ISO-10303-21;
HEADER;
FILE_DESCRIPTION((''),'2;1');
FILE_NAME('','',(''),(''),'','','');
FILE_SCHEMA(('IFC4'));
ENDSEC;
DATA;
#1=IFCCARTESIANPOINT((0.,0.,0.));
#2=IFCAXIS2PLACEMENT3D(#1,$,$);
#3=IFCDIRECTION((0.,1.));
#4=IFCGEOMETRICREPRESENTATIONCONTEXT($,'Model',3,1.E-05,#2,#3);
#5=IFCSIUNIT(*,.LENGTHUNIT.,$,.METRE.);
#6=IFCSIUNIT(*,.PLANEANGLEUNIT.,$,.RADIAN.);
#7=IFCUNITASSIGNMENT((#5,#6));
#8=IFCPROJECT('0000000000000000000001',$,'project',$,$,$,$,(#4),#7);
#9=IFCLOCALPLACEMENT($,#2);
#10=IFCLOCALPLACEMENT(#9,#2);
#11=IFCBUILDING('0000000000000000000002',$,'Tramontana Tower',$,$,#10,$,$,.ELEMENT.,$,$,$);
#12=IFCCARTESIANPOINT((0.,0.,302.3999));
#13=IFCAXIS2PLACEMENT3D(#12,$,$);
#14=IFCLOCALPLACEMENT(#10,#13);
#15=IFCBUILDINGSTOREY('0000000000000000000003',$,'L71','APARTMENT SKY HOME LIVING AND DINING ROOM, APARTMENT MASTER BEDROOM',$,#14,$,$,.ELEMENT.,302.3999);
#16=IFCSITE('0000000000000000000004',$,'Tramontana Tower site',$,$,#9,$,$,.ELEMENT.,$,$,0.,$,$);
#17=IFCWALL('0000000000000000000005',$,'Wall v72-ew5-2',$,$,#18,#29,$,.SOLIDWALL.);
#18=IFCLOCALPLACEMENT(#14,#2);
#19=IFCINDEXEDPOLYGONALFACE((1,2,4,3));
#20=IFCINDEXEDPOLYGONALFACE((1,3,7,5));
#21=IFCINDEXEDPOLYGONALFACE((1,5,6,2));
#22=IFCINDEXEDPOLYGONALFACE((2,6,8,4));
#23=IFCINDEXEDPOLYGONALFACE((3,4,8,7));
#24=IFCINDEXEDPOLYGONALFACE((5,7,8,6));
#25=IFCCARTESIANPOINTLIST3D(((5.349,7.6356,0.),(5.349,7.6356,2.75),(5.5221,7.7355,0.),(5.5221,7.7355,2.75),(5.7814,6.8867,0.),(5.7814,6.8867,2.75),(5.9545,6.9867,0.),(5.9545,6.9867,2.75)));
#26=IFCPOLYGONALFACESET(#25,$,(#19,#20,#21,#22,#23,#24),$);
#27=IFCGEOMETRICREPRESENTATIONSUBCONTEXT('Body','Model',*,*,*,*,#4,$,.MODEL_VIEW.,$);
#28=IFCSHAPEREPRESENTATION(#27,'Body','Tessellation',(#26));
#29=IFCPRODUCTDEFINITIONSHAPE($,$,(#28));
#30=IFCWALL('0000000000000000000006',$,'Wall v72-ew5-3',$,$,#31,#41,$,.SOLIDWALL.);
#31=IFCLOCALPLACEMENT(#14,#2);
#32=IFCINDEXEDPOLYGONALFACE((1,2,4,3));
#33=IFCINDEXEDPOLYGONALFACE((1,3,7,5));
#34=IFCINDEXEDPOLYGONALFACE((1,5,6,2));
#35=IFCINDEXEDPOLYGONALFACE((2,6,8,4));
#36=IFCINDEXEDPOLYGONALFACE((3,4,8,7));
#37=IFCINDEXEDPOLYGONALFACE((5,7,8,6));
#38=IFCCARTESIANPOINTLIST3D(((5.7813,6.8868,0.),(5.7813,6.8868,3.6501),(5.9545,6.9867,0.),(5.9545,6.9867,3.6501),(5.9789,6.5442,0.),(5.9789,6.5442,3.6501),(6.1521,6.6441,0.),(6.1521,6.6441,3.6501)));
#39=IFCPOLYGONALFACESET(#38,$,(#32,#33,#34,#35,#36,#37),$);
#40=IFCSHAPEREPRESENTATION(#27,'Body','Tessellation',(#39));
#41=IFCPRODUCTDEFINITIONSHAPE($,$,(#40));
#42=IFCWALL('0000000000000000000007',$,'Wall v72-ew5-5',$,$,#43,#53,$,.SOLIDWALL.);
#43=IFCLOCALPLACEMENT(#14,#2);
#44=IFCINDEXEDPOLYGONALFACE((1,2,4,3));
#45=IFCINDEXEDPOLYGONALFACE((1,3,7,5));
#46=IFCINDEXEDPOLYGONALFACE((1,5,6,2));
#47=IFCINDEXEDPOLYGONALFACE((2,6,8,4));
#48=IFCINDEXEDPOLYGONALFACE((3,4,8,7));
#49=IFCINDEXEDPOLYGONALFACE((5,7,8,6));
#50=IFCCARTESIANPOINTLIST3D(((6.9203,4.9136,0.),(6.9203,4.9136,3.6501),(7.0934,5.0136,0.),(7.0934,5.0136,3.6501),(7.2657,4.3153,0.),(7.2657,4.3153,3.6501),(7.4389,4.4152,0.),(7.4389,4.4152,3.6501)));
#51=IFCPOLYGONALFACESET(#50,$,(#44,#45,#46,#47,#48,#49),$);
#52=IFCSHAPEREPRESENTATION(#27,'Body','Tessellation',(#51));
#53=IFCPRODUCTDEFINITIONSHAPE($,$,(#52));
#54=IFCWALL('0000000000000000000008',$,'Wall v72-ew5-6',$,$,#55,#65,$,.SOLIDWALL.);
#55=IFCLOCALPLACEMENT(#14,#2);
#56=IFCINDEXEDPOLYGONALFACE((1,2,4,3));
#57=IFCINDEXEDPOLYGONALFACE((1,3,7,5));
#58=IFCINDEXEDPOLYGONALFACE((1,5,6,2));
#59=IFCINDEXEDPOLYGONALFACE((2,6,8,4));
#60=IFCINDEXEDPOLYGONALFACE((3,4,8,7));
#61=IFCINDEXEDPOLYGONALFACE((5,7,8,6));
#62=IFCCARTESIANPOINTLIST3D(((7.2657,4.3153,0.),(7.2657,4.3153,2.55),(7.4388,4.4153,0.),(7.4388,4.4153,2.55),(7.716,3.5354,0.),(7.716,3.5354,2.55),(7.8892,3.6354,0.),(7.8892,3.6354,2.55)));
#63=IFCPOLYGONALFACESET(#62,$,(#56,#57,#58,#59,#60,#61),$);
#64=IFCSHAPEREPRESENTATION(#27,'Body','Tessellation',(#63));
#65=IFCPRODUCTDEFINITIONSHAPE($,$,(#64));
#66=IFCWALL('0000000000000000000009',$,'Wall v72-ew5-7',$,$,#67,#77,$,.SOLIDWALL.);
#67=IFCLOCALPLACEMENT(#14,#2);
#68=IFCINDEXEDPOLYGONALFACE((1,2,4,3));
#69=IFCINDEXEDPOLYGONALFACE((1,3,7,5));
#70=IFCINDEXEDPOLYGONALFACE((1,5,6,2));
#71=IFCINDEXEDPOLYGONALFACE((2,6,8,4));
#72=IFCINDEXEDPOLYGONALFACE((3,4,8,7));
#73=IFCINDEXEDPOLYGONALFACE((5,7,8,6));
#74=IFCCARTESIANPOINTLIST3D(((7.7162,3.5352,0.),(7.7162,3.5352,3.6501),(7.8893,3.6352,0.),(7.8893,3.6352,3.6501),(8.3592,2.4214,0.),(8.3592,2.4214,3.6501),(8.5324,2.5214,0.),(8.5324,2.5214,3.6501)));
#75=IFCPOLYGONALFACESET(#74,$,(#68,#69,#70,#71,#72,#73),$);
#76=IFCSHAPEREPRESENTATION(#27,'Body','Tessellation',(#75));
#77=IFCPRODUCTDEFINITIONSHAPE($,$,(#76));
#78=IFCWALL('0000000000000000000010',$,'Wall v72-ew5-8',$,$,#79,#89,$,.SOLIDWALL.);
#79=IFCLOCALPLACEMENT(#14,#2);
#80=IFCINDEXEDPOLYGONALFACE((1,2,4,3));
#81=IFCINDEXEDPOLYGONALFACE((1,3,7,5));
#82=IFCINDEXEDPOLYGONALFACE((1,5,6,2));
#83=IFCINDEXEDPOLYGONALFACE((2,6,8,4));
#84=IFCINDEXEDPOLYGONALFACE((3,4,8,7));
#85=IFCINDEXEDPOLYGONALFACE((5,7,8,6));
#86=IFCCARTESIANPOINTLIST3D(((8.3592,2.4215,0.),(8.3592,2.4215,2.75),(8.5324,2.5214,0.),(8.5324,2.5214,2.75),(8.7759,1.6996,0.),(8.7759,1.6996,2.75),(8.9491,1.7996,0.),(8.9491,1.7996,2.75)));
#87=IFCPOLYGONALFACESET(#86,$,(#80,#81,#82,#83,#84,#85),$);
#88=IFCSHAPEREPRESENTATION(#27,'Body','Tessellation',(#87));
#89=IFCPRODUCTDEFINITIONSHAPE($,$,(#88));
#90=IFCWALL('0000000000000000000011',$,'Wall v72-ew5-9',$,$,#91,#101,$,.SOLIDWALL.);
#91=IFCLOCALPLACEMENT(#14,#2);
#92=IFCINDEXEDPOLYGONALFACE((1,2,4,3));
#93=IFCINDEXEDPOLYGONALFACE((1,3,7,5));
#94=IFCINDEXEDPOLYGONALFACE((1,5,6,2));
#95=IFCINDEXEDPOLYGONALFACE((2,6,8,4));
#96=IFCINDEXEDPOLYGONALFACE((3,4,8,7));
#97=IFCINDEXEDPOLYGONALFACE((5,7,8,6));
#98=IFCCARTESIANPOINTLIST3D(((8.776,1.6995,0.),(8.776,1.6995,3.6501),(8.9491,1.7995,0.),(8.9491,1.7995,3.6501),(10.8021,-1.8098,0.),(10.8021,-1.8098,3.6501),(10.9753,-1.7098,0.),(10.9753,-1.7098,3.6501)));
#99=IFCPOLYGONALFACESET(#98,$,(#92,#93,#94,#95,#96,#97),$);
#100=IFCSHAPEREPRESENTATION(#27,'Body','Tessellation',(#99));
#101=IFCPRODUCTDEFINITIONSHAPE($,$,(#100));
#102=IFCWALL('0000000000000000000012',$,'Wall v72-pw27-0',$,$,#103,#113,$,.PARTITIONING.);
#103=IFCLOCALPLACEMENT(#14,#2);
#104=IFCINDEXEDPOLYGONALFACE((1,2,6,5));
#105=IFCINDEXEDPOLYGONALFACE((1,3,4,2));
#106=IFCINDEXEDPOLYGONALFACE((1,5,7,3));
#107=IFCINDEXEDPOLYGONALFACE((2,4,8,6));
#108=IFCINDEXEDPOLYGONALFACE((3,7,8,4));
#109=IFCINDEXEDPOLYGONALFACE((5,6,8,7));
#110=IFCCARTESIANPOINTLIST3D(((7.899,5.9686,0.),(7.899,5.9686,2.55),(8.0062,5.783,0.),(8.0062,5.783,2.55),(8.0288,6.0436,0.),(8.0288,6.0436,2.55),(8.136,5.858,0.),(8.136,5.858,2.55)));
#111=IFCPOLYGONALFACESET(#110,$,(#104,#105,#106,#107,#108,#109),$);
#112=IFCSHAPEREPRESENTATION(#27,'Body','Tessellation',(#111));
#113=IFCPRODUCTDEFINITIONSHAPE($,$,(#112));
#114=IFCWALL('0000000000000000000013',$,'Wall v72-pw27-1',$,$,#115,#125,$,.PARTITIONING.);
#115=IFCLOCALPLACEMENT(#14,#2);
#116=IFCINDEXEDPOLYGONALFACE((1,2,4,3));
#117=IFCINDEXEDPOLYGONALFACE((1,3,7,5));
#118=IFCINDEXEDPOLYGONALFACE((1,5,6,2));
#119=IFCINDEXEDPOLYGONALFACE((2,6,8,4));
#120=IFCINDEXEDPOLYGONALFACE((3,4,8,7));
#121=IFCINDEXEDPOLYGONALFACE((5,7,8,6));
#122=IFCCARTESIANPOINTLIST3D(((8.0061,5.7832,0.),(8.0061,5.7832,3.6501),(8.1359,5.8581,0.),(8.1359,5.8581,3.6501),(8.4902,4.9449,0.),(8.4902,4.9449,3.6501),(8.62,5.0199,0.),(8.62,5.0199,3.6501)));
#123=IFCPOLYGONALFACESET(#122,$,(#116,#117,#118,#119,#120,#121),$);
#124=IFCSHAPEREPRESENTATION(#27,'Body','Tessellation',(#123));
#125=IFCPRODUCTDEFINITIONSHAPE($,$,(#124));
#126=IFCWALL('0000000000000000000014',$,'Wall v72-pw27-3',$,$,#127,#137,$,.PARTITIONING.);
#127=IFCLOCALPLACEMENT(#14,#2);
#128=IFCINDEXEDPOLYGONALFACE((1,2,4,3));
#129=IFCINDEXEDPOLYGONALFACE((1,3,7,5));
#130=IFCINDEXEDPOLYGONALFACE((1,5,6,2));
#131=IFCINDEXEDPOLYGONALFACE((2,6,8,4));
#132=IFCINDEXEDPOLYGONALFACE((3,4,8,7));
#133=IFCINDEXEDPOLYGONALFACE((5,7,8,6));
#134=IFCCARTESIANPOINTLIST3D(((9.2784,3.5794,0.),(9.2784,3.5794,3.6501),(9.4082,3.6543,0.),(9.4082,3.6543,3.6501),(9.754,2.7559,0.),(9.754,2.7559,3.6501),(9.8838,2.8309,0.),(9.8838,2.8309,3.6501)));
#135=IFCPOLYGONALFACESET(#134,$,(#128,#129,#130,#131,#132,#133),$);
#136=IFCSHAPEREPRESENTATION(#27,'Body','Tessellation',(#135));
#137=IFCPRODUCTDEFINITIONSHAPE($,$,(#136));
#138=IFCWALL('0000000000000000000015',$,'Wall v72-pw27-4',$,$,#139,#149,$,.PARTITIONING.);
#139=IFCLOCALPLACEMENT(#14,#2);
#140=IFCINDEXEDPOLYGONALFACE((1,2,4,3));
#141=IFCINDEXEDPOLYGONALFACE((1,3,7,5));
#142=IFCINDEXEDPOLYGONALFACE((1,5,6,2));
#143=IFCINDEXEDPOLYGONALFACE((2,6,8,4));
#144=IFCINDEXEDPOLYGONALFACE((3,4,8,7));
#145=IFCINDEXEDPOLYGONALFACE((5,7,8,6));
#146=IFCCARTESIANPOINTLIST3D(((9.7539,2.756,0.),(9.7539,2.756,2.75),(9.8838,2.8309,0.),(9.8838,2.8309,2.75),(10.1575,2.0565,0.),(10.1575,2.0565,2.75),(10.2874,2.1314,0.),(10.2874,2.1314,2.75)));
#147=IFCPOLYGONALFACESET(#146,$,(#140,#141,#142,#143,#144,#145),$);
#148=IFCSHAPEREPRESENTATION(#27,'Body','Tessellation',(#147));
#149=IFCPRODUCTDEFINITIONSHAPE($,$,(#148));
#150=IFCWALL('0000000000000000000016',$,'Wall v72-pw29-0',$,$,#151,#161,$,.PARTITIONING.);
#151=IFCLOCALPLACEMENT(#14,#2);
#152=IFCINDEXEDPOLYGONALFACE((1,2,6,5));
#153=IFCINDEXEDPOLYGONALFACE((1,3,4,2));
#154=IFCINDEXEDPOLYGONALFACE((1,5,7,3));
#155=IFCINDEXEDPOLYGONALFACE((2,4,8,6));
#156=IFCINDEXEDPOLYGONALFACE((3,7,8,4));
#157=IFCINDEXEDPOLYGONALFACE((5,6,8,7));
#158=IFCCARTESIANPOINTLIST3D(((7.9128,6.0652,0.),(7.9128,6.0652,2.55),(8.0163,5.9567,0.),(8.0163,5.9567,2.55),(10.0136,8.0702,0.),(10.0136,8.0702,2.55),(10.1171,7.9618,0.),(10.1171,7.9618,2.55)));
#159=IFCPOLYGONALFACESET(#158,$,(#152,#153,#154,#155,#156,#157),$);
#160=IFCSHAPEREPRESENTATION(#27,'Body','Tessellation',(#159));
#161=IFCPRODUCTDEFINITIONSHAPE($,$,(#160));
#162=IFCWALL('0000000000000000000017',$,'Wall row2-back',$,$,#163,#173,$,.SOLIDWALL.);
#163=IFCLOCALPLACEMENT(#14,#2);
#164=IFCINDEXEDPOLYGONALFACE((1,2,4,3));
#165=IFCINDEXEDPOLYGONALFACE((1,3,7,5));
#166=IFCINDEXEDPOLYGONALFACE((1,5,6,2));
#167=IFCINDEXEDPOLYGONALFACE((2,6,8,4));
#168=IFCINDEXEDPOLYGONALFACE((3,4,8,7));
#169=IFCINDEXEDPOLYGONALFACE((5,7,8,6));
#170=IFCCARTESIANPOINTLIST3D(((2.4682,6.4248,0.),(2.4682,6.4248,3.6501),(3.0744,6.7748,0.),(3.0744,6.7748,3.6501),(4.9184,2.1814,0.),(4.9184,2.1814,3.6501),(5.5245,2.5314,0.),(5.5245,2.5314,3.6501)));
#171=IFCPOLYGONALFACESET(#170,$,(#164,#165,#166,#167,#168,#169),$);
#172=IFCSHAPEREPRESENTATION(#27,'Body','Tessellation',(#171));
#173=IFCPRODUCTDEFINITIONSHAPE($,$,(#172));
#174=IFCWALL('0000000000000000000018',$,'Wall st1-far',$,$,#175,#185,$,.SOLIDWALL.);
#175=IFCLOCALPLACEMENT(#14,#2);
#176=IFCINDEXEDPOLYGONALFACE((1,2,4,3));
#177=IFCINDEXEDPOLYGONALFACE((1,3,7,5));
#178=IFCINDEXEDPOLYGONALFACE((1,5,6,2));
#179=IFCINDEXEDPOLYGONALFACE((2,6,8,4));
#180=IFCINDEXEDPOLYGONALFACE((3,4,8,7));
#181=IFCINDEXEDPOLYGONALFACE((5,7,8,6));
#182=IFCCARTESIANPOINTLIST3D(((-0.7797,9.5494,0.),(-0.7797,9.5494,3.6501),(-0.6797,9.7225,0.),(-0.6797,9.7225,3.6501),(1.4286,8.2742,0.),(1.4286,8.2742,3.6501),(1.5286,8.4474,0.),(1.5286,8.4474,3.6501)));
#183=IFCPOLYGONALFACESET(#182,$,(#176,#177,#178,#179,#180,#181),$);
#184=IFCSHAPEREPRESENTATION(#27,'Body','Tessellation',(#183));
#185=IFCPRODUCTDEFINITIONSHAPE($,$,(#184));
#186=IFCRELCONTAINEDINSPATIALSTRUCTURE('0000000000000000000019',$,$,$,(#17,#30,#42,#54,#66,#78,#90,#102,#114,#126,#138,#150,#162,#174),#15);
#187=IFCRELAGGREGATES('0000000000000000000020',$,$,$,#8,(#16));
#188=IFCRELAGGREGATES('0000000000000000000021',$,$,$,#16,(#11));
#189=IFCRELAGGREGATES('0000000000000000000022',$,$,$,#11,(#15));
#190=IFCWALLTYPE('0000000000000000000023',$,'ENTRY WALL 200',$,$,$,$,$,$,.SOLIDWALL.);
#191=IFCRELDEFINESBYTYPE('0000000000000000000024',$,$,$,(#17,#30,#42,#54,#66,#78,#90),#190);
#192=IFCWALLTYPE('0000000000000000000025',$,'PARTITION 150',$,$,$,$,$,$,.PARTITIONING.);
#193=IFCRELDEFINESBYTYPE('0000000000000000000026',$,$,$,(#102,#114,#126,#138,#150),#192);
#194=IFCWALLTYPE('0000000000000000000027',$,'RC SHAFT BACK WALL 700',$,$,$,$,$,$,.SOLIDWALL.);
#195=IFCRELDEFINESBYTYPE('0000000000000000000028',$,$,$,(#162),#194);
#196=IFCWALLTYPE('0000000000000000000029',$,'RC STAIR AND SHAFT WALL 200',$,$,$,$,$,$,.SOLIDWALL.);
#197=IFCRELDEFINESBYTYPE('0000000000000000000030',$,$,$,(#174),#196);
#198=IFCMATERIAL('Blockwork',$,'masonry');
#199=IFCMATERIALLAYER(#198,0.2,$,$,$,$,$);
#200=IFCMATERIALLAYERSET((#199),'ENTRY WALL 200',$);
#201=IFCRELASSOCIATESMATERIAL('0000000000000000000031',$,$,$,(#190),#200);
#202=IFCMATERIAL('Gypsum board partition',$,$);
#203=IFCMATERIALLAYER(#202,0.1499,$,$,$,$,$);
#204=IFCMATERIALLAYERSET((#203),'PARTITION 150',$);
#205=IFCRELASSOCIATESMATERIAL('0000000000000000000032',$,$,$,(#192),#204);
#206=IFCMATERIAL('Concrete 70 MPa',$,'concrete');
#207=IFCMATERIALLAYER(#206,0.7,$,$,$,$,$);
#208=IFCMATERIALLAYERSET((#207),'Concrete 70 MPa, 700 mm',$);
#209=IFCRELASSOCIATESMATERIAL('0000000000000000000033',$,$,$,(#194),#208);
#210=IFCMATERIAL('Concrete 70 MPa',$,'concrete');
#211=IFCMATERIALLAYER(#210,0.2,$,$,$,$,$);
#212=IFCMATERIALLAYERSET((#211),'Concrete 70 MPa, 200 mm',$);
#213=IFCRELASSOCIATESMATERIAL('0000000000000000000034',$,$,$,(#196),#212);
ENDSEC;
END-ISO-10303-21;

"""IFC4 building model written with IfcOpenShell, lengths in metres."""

from ifc_helpers import new_model, si_unit, direction, frame, frame_2d, origin, place, context, subcontext, project, spatial, rectangle, extrude, material, layer, layer_set, type_object, element, save


model = new_model("IFC4")

# Units and contexts
model_context = context("Model", 3, precision=1e-05, world=origin(), true_north=direction((0.0, 1.0)))
body_context = subcontext(model_context, "Body", "Model", "MODEL_VIEW")
ifc_project = project(units=[si_unit("LENGTHUNIT", "METRE"), si_unit("PLANEANGLEUNIT", "RADIAN")], contexts=[model_context])

# Site, building, storey
site_placement = place(None, origin())
site = spatial("IfcSite", under=ifc_project, at=site_placement, Name="Tramontana Tower site", CompositionType="ELEMENT", RefElevation=0.0)
building_placement = place(site_placement, origin())
building = spatial("IfcBuilding", under=site, at=building_placement, Name="Tramontana Tower", CompositionType="ELEMENT")
storey_placement = place(building_placement, frame((0.0, 0.0, 302.3999)))
storey = spatial("IfcBuildingStorey", under=building, at=storey_placement, Name="L71", Description="APARTMENT SKY HOME LIVING AND DINING ROOM, APARTMENT MASTER BEDROOM", CompositionType="ELEMENT", Elevation=302.3999)

# Walls
ifc_material_1 = material(Name="Blockwork", Category="masonry")
ifc_layer_1 = layer(ifc_material_1, 0.2)
ifc_layer_set_1 = layer_set([ifc_layer_1], Name="ENTRY WALL 200")
wall_type_1 = type_object("IfcWallType", Name="ENTRY WALL 200", PredefinedType="SOLIDWALL", material=ifc_layer_set_1)
wall_1_placement = place(storey_placement, frame((5.4355, 7.6855, 0.0), z_axis=(0.0, 0.0, 1.0), x_axis=(0.500056, -0.865993, 0.0)))
element("IfcWall", 1, at=wall_1_placement, inside=storey, type_object=wall_type_1, Name="Wall v72-ew5-2", PredefinedType="SOLIDWALL", context=body_context, shape_type="SweptSolid", body=[
    extrude(rectangle(XDim=0.8647, YDim=0.2, at=frame_2d((0.4324, 0.0))), origin(), (0.0, 0.0, 1.0), 2.75),
])
wall_2_placement = place(storey_placement, frame((5.8679, 6.9368, 0.0), z_axis=(0.0, 0.0, 1.0), x_axis=(0.499526, -0.866299, 0.0)))
element("IfcWall", 2, at=wall_2_placement, inside=storey, type_object=wall_type_1, Name="Wall v72-ew5-3", PredefinedType="SOLIDWALL", context=body_context, shape_type="SweptSolid", body=[
    extrude(rectangle(XDim=0.3955, YDim=0.2, at=frame_2d((0.1978, 0.0))), origin(), (0.0, 0.0, 1.0), 3.6501),
])

# Walls
wall_3_placement = place(storey_placement, frame((7.0068, 4.9636, 0.0), z_axis=(0.0, 0.0, 1.0), x_axis=(0.499977, -0.866038, 0.0)))
element("IfcWall", 3, at=wall_3_placement, inside=storey, type_object=wall_type_1, Name="Wall v72-ew5-5", PredefinedType="SOLIDWALL", context=body_context, shape_type="SweptSolid", body=[
    extrude(rectangle(XDim=0.6909, YDim=0.2, at=frame_2d((0.3455, 0.0))), origin(), (0.0, 0.0, 1.0), 3.6501),
])
wall_4_placement = place(storey_placement, frame((7.3523, 4.3652, 0.0), z_axis=(0.0, 0.0, 1.0), x_axis=(0.500074, -0.865982, 0.0)))
element("IfcWall", 4, at=wall_4_placement, inside=storey, type_object=wall_type_1, Name="Wall v72-ew5-6", PredefinedType="SOLIDWALL", context=body_context, shape_type="SweptSolid", body=[
    extrude(rectangle(XDim=0.9006, YDim=0.2, at=frame_2d((0.4502, 0.0))), origin(), (0.0, 0.0, 1.0), 2.55),
])
wall_5_placement = place(storey_placement, frame((7.8027, 3.5852, 0.0), z_axis=(0.0, 0.0, 1.0), x_axis=(0.500018, -0.866015, 0.0)))
element("IfcWall", 5, at=wall_5_placement, inside=storey, type_object=wall_type_1, Name="Wall v72-ew5-7", PredefinedType="SOLIDWALL", context=body_context, shape_type="SweptSolid", body=[
    extrude(rectangle(XDim=1.2861, YDim=0.2, at=frame_2d((0.6431, 0.0))), origin(), (0.0, 0.0, 1.0), 3.6501),
])
wall_6_placement = place(storey_placement, frame((8.4458, 2.4714, 0.0), z_axis=(0.0, 0.0, 1.0), x_axis=(0.499951, -0.866054, 0.0)))
element("IfcWall", 6, at=wall_6_placement, inside=storey, type_object=wall_type_1, Name="Wall v72-ew5-8", PredefinedType="SOLIDWALL", context=body_context, shape_type="SweptSolid", body=[
    extrude(rectangle(XDim=0.8335, YDim=0.2, at=frame_2d((0.4167, 0.0))), origin(), (0.0, 0.0, 1.0), 2.75),
])
wall_7_placement = place(storey_placement, frame((8.8625, 1.7495, 0.0), z_axis=(0.0, 0.0, 1.0), x_axis=(0.500008, -0.866021, 0.0)))
element("IfcWall", 7, at=wall_7_placement, inside=storey, type_object=wall_type_1, Name="Wall v72-ew5-9", PredefinedType="SOLIDWALL", context=body_context, shape_type="SweptSolid", body=[
    extrude(rectangle(XDim=4.0522, YDim=0.2, at=frame_2d((2.0261, 0.0))), origin(), (0.0, 0.0, 1.0), 3.6501),
])

# Shared definitions
ifc_material_2 = material(Name="Gypsum board partition")
ifc_layer_2 = layer(ifc_material_2, 0.1499)
ifc_layer_set_2 = layer_set([ifc_layer_2], Name="PARTITION 150")
wall_type_2 = type_object("IfcWallType", Name="PARTITION 150", PredefinedType="PARTITIONING", material=ifc_layer_set_2)

# Walls
wall_8_placement = place(storey_placement, frame((7.9639, 6.0061, 0.0), z_axis=(0.0, 0.0, 1.0), x_axis=(0.500183, -0.86592, 0.0)))
element("IfcWall", 8, at=wall_8_placement, inside=storey, type_object=wall_type_2, Name="Wall v72-pw27-0", PredefinedType="PARTITIONING", context=body_context, shape_type="SweptSolid", body=[
    extrude(rectangle(XDim=0.2144, YDim=0.1499, at=frame_2d((0.1072, 0.0))), origin(), (0.0, 0.0, 1.0), 2.55),
])
wall_9_placement = place(storey_placement, frame((8.071, 5.8206, 0.0), z_axis=(0.0, 0.0, 1.0), x_axis=(0.500072, -0.865984, 0.0)))
element("IfcWall", 9, at=wall_9_placement, inside=storey, type_object=wall_type_2, Name="Wall v72-pw27-1", PredefinedType="PARTITIONING", context=body_context, shape_type="SweptSolid", body=[
    extrude(rectangle(XDim=0.968, YDim=0.1499, at=frame_2d((0.4839, 0.0))), origin(), (0.0, 0.0, 1.0), 3.6501),
])

# Walls
wall_10_placement = place(storey_placement, frame((9.3433, 3.6169, 0.0), z_axis=(0.0, 0.0, 1.0), x_axis=(0.500115, -0.865959, 0.0)))
element("IfcWall", 10, at=wall_10_placement, inside=storey, type_object=wall_type_2, Name="Wall v72-pw27-3", PredefinedType="PARTITIONING", context=body_context, shape_type="SweptSolid", body=[
    extrude(rectangle(XDim=0.9509, YDim=0.1499, at=frame_2d((0.4756, 0.0))), origin(), (0.0, 0.0, 1.0), 3.6501),
])
wall_11_placement = place(storey_placement, frame((9.8188, 2.7935, 0.0), z_axis=(0.0, 0.0, 1.0), x_axis=(0.499749, -0.86617, 0.0)))
element("IfcWall", 11, at=wall_11_placement, inside=storey, type_object=wall_type_2, Name="Wall v72-pw27-4", PredefinedType="PARTITIONING", context=body_context, shape_type="SweptSolid", body=[
    extrude(rectangle(XDim=0.8076, YDim=0.1499, at=frame_2d((0.4038, 0.0))), origin(), (0.0, 0.0, 1.0), 2.75),
])
wall_12_placement = place(storey_placement, frame((10.0654, 8.0161, 0.0), z_axis=(0.0, 0.0, 1.0), x_axis=(-0.723392, -0.690438, 0.0)))
element("IfcWall", 12, at=wall_12_placement, inside=storey, type_object=wall_type_2, Name="Wall v72-pw29-0", PredefinedType="PARTITIONING", context=body_context, shape_type="SweptSolid", body=[
    extrude(rectangle(XDim=2.9041, YDim=0.1499, at=frame_2d((1.4521, 0.0))), origin(), (0.0, 0.0, 1.0), 2.55),
])
ifc_material_3 = material(Name="Concrete 70 MPa", Category="concrete")
ifc_layer_3 = layer(ifc_material_3, 0.7)
ifc_layer_set_3 = layer_set([ifc_layer_3], Name="Concrete 70 MPa, 700 mm")
wall_type_3 = type_object("IfcWallType", Name="RC SHAFT BACK WALL 700", PredefinedType="SOLIDWALL", material=ifc_layer_set_3)
wall_13_placement = place(storey_placement, frame((5.2214, 2.3564, 0.0), z_axis=(0.0, 0.0, 1.0), x_axis=(-0.50004, 0.866002, 0.0)))
element("IfcWall", 13, at=wall_13_placement, inside=storey, type_object=wall_type_3, Name="Wall row2-back", PredefinedType="SOLIDWALL", context=body_context, shape_type="SweptSolid", body=[
    extrude(rectangle(XDim=4.8999, YDim=0.7, at=frame_2d((2.45, 0.0))), origin(), (0.0, 0.0, 1.0), 3.6501),
])
ifc_material_4 = material(Name="Concrete 70 MPa", Category="concrete")
ifc_layer_4 = layer(ifc_material_4, 0.2)
ifc_layer_set_4 = layer_set([ifc_layer_4], Name="Concrete 70 MPa, 200 mm")
wall_type_4 = type_object("IfcWallType", Name="RC STAIR AND SHAFT WALL 200", PredefinedType="SOLIDWALL", material=ifc_layer_set_4)
wall_14_placement = place(storey_placement, frame((1.4785, 8.3608, 0.0), z_axis=(0.0, 0.0, 1.0), x_axis=(-0.865989, 0.500062, 0.0)))
element("IfcWall", 14, at=wall_14_placement, inside=storey, type_object=wall_type_4, Name="Wall st1-far", PredefinedType="SOLIDWALL", context=body_context, shape_type="SweptSolid", body=[
    extrude(rectangle(XDim=2.55, YDim=0.2, at=frame_2d((1.2749, 0.0))), origin(), (0.0, 0.0, 1.0), 3.6501),
])

save(model, "model.ifc")
